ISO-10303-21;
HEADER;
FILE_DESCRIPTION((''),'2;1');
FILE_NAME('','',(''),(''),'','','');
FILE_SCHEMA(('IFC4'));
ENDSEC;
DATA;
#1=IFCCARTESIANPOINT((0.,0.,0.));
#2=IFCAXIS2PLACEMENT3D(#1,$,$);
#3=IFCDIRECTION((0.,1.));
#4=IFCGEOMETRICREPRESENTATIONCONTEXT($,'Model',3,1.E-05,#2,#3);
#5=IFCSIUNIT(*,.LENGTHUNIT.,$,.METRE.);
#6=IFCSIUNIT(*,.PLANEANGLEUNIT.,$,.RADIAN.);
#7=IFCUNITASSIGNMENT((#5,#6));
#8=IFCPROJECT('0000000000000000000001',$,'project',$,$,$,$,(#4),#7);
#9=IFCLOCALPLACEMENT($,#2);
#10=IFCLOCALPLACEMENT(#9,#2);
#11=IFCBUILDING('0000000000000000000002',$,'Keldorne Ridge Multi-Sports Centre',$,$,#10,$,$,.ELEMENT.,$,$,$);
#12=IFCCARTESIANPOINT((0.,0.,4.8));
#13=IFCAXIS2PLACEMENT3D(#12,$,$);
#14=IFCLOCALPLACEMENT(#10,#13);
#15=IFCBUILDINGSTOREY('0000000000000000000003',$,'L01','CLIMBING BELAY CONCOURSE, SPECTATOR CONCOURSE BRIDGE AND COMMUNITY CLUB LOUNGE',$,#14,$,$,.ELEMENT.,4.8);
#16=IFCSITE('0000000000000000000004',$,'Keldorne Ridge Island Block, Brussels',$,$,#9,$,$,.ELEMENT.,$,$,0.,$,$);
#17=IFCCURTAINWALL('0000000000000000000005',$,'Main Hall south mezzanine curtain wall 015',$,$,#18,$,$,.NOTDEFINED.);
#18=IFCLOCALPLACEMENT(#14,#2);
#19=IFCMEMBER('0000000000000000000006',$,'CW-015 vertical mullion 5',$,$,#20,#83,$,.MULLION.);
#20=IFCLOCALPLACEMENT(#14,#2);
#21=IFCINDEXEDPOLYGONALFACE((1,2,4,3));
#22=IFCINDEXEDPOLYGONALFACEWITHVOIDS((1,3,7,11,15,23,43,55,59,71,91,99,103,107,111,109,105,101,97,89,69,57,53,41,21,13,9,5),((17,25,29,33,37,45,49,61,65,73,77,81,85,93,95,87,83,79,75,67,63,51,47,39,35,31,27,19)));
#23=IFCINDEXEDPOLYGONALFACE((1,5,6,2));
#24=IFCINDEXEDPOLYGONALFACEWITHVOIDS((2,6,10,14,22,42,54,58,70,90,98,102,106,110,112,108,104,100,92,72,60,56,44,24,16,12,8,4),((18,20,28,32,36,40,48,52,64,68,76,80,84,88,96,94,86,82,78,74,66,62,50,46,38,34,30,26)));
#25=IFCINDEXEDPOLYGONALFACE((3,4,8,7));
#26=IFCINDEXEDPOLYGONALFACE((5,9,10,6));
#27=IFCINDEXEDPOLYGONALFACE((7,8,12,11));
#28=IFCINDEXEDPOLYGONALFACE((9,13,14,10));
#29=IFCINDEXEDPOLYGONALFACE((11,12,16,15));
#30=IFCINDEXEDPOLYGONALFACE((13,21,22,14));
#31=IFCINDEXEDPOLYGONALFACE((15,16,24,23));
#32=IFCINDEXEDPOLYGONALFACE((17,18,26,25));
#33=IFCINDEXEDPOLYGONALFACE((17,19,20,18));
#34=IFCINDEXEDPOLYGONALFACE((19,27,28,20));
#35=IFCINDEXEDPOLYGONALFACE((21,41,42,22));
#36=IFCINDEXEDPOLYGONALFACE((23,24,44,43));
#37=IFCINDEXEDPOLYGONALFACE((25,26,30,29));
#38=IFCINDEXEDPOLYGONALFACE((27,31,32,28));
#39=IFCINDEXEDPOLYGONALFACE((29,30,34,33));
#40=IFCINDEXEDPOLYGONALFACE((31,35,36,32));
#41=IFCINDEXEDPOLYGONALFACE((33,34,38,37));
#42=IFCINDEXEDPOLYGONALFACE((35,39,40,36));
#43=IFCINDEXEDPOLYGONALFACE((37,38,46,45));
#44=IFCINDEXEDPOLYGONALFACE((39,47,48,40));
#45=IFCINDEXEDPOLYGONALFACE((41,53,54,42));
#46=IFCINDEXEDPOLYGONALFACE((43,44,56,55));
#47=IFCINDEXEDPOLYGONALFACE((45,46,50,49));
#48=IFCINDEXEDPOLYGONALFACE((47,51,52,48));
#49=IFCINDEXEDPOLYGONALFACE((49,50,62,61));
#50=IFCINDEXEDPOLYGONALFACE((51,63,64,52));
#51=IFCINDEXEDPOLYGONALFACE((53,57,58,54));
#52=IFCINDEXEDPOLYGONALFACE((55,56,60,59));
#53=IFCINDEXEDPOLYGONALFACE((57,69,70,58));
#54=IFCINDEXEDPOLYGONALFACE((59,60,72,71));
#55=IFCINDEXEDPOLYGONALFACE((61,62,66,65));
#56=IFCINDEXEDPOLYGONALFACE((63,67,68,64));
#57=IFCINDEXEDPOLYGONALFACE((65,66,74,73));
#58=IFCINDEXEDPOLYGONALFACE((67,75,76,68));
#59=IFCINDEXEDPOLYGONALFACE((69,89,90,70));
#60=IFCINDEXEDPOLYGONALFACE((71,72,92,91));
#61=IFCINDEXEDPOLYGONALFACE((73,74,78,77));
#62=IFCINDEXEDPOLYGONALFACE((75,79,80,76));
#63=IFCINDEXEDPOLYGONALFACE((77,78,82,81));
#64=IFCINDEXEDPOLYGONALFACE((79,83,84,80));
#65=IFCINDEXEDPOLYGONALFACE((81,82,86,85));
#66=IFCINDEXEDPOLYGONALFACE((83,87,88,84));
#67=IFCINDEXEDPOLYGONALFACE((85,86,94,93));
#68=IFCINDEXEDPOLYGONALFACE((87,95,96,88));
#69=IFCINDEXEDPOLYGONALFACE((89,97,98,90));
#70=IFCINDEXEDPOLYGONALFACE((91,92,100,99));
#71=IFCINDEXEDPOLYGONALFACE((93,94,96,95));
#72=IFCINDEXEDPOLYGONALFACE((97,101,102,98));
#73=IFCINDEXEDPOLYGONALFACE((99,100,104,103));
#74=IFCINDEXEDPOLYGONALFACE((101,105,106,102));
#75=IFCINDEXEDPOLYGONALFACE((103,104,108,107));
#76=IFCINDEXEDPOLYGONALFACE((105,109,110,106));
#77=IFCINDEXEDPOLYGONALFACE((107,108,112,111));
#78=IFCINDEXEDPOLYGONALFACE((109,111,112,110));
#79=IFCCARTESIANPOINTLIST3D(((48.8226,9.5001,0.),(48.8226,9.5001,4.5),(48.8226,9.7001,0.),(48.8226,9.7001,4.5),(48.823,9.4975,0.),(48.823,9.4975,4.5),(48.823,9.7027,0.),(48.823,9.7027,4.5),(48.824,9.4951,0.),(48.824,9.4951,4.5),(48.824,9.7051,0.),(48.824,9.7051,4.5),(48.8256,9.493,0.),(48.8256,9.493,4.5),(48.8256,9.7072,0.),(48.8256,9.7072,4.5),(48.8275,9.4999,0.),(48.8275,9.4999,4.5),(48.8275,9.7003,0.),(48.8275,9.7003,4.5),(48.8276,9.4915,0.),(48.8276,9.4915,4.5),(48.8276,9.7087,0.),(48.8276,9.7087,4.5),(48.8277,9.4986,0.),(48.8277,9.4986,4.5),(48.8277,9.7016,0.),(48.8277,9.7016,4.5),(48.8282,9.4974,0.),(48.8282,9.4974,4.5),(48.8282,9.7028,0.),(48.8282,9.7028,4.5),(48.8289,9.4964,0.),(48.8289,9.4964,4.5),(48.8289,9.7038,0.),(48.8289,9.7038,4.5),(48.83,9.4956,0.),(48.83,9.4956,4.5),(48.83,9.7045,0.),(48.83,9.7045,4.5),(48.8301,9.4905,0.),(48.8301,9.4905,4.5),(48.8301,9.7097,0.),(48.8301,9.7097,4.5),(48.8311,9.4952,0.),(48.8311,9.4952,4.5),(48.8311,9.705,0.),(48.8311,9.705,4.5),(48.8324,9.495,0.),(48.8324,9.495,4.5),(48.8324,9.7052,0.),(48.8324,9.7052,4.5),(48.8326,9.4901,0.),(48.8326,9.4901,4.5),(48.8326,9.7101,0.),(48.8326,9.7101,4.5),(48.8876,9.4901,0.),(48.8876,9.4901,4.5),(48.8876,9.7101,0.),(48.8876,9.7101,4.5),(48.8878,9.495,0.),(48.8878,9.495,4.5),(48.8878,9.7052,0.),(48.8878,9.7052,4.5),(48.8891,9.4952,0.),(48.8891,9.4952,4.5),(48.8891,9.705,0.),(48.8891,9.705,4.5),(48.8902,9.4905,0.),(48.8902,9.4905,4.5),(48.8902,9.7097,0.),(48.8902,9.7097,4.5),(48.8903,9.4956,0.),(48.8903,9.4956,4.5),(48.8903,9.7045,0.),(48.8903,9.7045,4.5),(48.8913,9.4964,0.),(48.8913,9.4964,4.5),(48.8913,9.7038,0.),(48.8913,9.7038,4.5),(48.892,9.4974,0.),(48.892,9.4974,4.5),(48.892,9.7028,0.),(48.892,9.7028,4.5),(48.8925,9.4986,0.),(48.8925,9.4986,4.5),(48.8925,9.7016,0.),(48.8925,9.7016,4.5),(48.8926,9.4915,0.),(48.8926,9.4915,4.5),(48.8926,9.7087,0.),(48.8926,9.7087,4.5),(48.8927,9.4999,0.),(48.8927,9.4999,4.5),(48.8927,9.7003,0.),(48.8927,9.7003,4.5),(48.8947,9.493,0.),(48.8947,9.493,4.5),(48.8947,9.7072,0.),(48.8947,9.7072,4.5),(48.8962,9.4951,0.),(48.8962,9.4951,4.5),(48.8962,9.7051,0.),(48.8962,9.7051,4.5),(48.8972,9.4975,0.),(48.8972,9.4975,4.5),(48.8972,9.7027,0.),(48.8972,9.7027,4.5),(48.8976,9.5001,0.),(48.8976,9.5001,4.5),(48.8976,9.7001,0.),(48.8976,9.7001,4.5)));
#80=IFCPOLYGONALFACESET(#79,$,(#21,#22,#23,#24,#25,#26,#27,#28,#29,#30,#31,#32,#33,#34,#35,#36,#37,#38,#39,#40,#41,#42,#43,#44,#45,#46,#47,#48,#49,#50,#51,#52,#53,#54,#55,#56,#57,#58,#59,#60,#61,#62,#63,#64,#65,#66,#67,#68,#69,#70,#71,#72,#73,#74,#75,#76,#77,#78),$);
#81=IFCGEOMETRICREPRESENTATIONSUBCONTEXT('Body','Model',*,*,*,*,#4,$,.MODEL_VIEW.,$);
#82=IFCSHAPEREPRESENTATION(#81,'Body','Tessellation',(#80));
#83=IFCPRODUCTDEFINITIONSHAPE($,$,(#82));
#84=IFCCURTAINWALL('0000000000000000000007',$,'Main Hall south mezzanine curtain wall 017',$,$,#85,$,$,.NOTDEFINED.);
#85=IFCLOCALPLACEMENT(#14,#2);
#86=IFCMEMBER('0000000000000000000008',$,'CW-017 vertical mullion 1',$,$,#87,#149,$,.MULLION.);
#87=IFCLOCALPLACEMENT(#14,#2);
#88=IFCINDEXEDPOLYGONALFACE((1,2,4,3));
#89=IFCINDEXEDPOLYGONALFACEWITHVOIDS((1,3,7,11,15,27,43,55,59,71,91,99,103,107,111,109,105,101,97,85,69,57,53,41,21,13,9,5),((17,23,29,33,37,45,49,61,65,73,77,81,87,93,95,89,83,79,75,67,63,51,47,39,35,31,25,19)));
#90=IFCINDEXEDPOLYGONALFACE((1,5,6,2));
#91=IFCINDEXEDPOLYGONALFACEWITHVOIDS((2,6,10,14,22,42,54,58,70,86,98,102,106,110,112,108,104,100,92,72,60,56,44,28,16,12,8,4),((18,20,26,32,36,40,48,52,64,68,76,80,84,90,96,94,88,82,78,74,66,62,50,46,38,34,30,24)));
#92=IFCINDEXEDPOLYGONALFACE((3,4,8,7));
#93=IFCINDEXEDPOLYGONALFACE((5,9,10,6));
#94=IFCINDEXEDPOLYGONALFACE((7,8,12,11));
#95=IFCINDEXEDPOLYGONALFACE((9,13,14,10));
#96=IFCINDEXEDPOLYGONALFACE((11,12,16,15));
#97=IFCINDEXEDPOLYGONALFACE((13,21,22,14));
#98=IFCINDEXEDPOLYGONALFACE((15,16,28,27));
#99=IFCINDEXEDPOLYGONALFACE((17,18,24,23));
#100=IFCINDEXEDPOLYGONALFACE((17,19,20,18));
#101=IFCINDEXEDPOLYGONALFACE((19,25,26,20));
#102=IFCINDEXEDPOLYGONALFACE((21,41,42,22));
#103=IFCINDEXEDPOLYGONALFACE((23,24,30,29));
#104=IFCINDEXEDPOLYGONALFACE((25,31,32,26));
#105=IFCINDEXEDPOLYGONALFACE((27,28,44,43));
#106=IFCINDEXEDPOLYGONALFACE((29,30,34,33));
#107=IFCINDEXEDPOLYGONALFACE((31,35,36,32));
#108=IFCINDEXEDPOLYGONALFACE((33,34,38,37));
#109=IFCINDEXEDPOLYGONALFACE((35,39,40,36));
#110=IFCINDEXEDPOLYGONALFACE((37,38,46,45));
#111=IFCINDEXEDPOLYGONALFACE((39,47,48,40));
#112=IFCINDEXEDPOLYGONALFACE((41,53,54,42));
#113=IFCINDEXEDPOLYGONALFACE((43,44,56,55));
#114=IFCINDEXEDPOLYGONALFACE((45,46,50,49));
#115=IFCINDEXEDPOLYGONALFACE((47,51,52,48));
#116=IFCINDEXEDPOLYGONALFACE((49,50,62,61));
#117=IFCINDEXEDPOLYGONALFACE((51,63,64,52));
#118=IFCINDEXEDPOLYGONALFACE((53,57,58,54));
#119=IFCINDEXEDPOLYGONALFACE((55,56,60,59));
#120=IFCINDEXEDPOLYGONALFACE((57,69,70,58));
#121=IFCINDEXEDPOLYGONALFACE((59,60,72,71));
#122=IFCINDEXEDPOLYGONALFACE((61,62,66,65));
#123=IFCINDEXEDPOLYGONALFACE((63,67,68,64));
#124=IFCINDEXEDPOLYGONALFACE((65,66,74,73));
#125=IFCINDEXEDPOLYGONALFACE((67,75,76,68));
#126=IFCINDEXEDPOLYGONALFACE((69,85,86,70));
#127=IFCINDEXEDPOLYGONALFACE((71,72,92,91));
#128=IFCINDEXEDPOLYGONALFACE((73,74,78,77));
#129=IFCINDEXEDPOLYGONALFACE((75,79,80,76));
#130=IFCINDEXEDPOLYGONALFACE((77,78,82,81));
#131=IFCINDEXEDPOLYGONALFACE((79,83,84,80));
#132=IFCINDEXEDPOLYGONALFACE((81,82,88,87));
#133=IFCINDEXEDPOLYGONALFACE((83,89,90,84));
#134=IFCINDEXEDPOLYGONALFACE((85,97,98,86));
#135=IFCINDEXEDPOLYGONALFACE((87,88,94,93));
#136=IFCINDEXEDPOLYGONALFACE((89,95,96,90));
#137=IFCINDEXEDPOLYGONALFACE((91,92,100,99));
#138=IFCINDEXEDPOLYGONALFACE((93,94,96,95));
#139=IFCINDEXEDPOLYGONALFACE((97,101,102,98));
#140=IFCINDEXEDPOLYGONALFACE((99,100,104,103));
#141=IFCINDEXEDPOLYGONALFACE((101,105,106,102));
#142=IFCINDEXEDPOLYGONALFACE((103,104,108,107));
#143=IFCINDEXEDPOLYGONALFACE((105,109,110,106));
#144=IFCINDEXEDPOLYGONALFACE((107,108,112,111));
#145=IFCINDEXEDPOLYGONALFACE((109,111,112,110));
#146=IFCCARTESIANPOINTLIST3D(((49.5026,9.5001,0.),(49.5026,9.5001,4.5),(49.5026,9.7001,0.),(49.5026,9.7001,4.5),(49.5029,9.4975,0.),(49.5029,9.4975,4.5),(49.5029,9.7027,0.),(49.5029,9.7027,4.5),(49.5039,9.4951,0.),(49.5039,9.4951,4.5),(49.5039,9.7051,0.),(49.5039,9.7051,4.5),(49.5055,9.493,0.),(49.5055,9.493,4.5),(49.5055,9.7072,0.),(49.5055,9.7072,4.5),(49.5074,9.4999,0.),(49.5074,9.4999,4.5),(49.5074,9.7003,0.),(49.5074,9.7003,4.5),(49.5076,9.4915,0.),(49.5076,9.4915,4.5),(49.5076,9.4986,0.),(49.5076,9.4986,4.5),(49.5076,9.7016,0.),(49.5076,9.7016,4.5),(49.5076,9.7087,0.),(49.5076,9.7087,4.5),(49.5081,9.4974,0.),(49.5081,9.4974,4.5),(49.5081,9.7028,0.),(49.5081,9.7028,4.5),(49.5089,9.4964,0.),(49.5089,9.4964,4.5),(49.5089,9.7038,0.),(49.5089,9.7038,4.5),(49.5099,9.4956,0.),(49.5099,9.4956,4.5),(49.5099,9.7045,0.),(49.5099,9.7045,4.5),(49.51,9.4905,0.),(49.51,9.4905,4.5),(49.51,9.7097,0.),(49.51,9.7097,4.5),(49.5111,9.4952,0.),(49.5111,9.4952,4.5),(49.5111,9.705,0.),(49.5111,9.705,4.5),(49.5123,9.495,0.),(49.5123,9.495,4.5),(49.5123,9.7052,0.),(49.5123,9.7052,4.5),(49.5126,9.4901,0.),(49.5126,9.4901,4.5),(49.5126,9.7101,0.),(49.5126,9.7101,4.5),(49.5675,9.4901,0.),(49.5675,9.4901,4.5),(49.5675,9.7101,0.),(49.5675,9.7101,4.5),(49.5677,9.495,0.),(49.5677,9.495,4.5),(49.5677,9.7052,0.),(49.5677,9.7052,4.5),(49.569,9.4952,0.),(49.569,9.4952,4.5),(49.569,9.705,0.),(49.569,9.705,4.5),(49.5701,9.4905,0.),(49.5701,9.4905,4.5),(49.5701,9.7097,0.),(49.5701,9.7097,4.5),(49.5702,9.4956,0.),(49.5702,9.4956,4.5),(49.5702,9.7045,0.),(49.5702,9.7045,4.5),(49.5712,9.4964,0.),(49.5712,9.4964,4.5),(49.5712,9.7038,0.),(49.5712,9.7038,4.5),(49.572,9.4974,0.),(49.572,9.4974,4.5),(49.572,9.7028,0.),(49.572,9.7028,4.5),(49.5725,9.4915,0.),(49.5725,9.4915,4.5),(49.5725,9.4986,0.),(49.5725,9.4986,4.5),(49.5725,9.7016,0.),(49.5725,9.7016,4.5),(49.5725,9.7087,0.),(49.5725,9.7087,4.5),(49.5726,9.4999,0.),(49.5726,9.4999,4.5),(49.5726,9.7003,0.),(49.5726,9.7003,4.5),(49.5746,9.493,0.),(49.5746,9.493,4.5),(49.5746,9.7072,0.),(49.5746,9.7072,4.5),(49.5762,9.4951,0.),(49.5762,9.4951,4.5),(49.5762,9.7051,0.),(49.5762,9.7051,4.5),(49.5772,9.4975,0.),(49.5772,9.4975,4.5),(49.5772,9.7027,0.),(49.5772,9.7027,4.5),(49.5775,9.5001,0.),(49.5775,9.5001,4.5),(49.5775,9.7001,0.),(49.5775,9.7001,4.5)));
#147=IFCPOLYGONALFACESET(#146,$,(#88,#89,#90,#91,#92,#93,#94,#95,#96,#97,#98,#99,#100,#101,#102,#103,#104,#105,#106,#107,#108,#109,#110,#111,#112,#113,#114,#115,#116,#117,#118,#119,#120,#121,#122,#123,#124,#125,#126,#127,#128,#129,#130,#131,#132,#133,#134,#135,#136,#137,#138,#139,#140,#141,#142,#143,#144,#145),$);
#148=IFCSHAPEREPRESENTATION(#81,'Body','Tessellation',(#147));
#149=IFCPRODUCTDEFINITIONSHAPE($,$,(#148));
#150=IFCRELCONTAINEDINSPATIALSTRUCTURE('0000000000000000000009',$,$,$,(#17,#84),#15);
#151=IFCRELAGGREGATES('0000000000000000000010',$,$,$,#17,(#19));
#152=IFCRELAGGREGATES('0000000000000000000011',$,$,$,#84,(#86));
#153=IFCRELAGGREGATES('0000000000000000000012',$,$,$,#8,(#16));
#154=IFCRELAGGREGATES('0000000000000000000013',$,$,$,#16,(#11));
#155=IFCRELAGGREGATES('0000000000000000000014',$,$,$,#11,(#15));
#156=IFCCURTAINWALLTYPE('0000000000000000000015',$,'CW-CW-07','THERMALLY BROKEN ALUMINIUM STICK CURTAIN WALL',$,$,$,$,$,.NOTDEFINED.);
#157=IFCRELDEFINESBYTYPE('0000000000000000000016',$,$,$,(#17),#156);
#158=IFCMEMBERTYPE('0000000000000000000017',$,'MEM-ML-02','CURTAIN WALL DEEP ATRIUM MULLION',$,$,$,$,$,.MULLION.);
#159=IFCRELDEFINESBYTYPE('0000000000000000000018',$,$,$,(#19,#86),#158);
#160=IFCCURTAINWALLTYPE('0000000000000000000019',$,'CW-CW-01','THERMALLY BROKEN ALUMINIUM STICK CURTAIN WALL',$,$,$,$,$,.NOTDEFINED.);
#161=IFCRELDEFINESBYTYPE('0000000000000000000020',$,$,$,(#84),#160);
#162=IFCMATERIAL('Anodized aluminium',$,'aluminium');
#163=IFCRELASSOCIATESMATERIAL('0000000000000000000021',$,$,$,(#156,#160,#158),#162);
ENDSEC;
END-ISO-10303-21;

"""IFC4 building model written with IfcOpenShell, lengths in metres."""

from ifc_helpers import new_model, si_unit, direction, frame, origin, origin_2d, place, context, subcontext, project, spatial, hollow_rectangle, extrude, material, material_profile, profile_set, type_object, element, aggregate, save


model = new_model("IFC4")

# Units and contexts
model_context = context("Model", 3, precision=1e-05, world=origin(), true_north=direction((0.0, 1.0)))
body_context = subcontext(model_context, "Body", "Model", "MODEL_VIEW")
ifc_project = project(units=[si_unit("LENGTHUNIT", "METRE"), si_unit("PLANEANGLEUNIT", "RADIAN")], contexts=[model_context])

# Site, building, storey
site_placement = place(None, origin())
site = spatial("IfcSite", under=ifc_project, at=site_placement, Name="Keldorne Ridge Island Block, Brussels", CompositionType="ELEMENT", RefElevation=0.0)
building_placement = place(site_placement, origin())
building = spatial("IfcBuilding", under=site, at=building_placement, Name="Keldorne Ridge Multi-Sports Centre", CompositionType="ELEMENT")
storey_placement = place(building_placement, frame((0.0, 0.0, 4.8)))
storey = spatial("IfcBuildingStorey", under=building, at=storey_placement, Name="L01", Description="CLIMBING BELAY CONCOURSE, SPECTATOR CONCOURSE BRIDGE AND COMMUNITY CLUB LOUNGE", CompositionType="ELEMENT", Elevation=4.8)

# Curtain walls, members
ifc_material_1 = material(Name="Anodized aluminium", Category="aluminium")
curtain_wall_type_1 = type_object("IfcCurtainWallType", Name="CW-CW-07", Description="THERMALLY BROKEN ALUMINIUM STICK CURTAIN WALL", PredefinedType="NOTDEFINED", material=ifc_material_1)
curtain_wall_1_placement = place(storey_placement, origin())
curtain_wall_1 = element("IfcCurtainWall", 1, at=curtain_wall_1_placement, inside=storey, type_object=curtain_wall_type_1, Name="Main Hall south mezzanine curtain wall 015", PredefinedType="NOTDEFINED")
ifc_material_profile_1 = material_profile(ifc_material_1, hollow_rectangle(XDim=0.075, YDim=0.22, WallThickness=0.0049, InnerFilletRadius=0.0049, OuterFilletRadius=0.01, at=origin_2d()), Name="ALU MULLION 220x75x5")
ifc_profile_set_1 = profile_set([ifc_material_profile_1], Name="Anodized aluminium")
member_type_1 = type_object("IfcMemberType", Name="MEM-ML-02", Description="CURTAIN WALL DEEP ATRIUM MULLION", PredefinedType="MULLION", material=ifc_profile_set_1)
member_1_placement = place(storey_placement, frame((48.8601, 9.6001, 0.0), z_axis=(0.0, 0.0, 1.0), x_axis=(1.0, 0.0, 0.0)))
member_1 = element("IfcMember", 2, at=member_1_placement, type_object=member_type_1, Name="CW-015 vertical mullion 5", PredefinedType="MULLION", context=body_context, shape_type="SweptSolid", body=[
    extrude(hollow_rectangle(XDim=0.075, YDim=0.22, WallThickness=0.0049, InnerFilletRadius=0.0049, OuterFilletRadius=0.01, at=origin_2d()), origin(), (0.0, 0.0, 1.0), 4.5),
])
curtain_wall_type_2 = type_object("IfcCurtainWallType", Name="CW-CW-01", Description="THERMALLY BROKEN ALUMINIUM STICK CURTAIN WALL", PredefinedType="NOTDEFINED", material=ifc_material_1)
curtain_wall_2_placement = place(storey_placement, origin())
curtain_wall_2 = element("IfcCurtainWall", 3, at=curtain_wall_2_placement, inside=storey, type_object=curtain_wall_type_2, Name="Main Hall south mezzanine curtain wall 017", PredefinedType="NOTDEFINED")
member_2_placement = place(storey_placement, frame((49.54, 9.6001, 0.0), z_axis=(0.0, 0.0, 1.0), x_axis=(1.0, 0.0, 0.0)))
member_2 = element("IfcMember", 4, at=member_2_placement, type_object=member_type_1, Name="CW-017 vertical mullion 1", PredefinedType="MULLION", context=body_context, shape_type="SweptSolid", body=[
    extrude(hollow_rectangle(XDim=0.075, YDim=0.22, WallThickness=0.0049, InnerFilletRadius=0.0049, OuterFilletRadius=0.01, at=origin_2d()), origin(), (0.0, 0.0, 1.0), 4.5),
])

aggregate(curtain_wall_1, [member_1])
aggregate(curtain_wall_2, [member_2])

save(model, "model.ifc")
